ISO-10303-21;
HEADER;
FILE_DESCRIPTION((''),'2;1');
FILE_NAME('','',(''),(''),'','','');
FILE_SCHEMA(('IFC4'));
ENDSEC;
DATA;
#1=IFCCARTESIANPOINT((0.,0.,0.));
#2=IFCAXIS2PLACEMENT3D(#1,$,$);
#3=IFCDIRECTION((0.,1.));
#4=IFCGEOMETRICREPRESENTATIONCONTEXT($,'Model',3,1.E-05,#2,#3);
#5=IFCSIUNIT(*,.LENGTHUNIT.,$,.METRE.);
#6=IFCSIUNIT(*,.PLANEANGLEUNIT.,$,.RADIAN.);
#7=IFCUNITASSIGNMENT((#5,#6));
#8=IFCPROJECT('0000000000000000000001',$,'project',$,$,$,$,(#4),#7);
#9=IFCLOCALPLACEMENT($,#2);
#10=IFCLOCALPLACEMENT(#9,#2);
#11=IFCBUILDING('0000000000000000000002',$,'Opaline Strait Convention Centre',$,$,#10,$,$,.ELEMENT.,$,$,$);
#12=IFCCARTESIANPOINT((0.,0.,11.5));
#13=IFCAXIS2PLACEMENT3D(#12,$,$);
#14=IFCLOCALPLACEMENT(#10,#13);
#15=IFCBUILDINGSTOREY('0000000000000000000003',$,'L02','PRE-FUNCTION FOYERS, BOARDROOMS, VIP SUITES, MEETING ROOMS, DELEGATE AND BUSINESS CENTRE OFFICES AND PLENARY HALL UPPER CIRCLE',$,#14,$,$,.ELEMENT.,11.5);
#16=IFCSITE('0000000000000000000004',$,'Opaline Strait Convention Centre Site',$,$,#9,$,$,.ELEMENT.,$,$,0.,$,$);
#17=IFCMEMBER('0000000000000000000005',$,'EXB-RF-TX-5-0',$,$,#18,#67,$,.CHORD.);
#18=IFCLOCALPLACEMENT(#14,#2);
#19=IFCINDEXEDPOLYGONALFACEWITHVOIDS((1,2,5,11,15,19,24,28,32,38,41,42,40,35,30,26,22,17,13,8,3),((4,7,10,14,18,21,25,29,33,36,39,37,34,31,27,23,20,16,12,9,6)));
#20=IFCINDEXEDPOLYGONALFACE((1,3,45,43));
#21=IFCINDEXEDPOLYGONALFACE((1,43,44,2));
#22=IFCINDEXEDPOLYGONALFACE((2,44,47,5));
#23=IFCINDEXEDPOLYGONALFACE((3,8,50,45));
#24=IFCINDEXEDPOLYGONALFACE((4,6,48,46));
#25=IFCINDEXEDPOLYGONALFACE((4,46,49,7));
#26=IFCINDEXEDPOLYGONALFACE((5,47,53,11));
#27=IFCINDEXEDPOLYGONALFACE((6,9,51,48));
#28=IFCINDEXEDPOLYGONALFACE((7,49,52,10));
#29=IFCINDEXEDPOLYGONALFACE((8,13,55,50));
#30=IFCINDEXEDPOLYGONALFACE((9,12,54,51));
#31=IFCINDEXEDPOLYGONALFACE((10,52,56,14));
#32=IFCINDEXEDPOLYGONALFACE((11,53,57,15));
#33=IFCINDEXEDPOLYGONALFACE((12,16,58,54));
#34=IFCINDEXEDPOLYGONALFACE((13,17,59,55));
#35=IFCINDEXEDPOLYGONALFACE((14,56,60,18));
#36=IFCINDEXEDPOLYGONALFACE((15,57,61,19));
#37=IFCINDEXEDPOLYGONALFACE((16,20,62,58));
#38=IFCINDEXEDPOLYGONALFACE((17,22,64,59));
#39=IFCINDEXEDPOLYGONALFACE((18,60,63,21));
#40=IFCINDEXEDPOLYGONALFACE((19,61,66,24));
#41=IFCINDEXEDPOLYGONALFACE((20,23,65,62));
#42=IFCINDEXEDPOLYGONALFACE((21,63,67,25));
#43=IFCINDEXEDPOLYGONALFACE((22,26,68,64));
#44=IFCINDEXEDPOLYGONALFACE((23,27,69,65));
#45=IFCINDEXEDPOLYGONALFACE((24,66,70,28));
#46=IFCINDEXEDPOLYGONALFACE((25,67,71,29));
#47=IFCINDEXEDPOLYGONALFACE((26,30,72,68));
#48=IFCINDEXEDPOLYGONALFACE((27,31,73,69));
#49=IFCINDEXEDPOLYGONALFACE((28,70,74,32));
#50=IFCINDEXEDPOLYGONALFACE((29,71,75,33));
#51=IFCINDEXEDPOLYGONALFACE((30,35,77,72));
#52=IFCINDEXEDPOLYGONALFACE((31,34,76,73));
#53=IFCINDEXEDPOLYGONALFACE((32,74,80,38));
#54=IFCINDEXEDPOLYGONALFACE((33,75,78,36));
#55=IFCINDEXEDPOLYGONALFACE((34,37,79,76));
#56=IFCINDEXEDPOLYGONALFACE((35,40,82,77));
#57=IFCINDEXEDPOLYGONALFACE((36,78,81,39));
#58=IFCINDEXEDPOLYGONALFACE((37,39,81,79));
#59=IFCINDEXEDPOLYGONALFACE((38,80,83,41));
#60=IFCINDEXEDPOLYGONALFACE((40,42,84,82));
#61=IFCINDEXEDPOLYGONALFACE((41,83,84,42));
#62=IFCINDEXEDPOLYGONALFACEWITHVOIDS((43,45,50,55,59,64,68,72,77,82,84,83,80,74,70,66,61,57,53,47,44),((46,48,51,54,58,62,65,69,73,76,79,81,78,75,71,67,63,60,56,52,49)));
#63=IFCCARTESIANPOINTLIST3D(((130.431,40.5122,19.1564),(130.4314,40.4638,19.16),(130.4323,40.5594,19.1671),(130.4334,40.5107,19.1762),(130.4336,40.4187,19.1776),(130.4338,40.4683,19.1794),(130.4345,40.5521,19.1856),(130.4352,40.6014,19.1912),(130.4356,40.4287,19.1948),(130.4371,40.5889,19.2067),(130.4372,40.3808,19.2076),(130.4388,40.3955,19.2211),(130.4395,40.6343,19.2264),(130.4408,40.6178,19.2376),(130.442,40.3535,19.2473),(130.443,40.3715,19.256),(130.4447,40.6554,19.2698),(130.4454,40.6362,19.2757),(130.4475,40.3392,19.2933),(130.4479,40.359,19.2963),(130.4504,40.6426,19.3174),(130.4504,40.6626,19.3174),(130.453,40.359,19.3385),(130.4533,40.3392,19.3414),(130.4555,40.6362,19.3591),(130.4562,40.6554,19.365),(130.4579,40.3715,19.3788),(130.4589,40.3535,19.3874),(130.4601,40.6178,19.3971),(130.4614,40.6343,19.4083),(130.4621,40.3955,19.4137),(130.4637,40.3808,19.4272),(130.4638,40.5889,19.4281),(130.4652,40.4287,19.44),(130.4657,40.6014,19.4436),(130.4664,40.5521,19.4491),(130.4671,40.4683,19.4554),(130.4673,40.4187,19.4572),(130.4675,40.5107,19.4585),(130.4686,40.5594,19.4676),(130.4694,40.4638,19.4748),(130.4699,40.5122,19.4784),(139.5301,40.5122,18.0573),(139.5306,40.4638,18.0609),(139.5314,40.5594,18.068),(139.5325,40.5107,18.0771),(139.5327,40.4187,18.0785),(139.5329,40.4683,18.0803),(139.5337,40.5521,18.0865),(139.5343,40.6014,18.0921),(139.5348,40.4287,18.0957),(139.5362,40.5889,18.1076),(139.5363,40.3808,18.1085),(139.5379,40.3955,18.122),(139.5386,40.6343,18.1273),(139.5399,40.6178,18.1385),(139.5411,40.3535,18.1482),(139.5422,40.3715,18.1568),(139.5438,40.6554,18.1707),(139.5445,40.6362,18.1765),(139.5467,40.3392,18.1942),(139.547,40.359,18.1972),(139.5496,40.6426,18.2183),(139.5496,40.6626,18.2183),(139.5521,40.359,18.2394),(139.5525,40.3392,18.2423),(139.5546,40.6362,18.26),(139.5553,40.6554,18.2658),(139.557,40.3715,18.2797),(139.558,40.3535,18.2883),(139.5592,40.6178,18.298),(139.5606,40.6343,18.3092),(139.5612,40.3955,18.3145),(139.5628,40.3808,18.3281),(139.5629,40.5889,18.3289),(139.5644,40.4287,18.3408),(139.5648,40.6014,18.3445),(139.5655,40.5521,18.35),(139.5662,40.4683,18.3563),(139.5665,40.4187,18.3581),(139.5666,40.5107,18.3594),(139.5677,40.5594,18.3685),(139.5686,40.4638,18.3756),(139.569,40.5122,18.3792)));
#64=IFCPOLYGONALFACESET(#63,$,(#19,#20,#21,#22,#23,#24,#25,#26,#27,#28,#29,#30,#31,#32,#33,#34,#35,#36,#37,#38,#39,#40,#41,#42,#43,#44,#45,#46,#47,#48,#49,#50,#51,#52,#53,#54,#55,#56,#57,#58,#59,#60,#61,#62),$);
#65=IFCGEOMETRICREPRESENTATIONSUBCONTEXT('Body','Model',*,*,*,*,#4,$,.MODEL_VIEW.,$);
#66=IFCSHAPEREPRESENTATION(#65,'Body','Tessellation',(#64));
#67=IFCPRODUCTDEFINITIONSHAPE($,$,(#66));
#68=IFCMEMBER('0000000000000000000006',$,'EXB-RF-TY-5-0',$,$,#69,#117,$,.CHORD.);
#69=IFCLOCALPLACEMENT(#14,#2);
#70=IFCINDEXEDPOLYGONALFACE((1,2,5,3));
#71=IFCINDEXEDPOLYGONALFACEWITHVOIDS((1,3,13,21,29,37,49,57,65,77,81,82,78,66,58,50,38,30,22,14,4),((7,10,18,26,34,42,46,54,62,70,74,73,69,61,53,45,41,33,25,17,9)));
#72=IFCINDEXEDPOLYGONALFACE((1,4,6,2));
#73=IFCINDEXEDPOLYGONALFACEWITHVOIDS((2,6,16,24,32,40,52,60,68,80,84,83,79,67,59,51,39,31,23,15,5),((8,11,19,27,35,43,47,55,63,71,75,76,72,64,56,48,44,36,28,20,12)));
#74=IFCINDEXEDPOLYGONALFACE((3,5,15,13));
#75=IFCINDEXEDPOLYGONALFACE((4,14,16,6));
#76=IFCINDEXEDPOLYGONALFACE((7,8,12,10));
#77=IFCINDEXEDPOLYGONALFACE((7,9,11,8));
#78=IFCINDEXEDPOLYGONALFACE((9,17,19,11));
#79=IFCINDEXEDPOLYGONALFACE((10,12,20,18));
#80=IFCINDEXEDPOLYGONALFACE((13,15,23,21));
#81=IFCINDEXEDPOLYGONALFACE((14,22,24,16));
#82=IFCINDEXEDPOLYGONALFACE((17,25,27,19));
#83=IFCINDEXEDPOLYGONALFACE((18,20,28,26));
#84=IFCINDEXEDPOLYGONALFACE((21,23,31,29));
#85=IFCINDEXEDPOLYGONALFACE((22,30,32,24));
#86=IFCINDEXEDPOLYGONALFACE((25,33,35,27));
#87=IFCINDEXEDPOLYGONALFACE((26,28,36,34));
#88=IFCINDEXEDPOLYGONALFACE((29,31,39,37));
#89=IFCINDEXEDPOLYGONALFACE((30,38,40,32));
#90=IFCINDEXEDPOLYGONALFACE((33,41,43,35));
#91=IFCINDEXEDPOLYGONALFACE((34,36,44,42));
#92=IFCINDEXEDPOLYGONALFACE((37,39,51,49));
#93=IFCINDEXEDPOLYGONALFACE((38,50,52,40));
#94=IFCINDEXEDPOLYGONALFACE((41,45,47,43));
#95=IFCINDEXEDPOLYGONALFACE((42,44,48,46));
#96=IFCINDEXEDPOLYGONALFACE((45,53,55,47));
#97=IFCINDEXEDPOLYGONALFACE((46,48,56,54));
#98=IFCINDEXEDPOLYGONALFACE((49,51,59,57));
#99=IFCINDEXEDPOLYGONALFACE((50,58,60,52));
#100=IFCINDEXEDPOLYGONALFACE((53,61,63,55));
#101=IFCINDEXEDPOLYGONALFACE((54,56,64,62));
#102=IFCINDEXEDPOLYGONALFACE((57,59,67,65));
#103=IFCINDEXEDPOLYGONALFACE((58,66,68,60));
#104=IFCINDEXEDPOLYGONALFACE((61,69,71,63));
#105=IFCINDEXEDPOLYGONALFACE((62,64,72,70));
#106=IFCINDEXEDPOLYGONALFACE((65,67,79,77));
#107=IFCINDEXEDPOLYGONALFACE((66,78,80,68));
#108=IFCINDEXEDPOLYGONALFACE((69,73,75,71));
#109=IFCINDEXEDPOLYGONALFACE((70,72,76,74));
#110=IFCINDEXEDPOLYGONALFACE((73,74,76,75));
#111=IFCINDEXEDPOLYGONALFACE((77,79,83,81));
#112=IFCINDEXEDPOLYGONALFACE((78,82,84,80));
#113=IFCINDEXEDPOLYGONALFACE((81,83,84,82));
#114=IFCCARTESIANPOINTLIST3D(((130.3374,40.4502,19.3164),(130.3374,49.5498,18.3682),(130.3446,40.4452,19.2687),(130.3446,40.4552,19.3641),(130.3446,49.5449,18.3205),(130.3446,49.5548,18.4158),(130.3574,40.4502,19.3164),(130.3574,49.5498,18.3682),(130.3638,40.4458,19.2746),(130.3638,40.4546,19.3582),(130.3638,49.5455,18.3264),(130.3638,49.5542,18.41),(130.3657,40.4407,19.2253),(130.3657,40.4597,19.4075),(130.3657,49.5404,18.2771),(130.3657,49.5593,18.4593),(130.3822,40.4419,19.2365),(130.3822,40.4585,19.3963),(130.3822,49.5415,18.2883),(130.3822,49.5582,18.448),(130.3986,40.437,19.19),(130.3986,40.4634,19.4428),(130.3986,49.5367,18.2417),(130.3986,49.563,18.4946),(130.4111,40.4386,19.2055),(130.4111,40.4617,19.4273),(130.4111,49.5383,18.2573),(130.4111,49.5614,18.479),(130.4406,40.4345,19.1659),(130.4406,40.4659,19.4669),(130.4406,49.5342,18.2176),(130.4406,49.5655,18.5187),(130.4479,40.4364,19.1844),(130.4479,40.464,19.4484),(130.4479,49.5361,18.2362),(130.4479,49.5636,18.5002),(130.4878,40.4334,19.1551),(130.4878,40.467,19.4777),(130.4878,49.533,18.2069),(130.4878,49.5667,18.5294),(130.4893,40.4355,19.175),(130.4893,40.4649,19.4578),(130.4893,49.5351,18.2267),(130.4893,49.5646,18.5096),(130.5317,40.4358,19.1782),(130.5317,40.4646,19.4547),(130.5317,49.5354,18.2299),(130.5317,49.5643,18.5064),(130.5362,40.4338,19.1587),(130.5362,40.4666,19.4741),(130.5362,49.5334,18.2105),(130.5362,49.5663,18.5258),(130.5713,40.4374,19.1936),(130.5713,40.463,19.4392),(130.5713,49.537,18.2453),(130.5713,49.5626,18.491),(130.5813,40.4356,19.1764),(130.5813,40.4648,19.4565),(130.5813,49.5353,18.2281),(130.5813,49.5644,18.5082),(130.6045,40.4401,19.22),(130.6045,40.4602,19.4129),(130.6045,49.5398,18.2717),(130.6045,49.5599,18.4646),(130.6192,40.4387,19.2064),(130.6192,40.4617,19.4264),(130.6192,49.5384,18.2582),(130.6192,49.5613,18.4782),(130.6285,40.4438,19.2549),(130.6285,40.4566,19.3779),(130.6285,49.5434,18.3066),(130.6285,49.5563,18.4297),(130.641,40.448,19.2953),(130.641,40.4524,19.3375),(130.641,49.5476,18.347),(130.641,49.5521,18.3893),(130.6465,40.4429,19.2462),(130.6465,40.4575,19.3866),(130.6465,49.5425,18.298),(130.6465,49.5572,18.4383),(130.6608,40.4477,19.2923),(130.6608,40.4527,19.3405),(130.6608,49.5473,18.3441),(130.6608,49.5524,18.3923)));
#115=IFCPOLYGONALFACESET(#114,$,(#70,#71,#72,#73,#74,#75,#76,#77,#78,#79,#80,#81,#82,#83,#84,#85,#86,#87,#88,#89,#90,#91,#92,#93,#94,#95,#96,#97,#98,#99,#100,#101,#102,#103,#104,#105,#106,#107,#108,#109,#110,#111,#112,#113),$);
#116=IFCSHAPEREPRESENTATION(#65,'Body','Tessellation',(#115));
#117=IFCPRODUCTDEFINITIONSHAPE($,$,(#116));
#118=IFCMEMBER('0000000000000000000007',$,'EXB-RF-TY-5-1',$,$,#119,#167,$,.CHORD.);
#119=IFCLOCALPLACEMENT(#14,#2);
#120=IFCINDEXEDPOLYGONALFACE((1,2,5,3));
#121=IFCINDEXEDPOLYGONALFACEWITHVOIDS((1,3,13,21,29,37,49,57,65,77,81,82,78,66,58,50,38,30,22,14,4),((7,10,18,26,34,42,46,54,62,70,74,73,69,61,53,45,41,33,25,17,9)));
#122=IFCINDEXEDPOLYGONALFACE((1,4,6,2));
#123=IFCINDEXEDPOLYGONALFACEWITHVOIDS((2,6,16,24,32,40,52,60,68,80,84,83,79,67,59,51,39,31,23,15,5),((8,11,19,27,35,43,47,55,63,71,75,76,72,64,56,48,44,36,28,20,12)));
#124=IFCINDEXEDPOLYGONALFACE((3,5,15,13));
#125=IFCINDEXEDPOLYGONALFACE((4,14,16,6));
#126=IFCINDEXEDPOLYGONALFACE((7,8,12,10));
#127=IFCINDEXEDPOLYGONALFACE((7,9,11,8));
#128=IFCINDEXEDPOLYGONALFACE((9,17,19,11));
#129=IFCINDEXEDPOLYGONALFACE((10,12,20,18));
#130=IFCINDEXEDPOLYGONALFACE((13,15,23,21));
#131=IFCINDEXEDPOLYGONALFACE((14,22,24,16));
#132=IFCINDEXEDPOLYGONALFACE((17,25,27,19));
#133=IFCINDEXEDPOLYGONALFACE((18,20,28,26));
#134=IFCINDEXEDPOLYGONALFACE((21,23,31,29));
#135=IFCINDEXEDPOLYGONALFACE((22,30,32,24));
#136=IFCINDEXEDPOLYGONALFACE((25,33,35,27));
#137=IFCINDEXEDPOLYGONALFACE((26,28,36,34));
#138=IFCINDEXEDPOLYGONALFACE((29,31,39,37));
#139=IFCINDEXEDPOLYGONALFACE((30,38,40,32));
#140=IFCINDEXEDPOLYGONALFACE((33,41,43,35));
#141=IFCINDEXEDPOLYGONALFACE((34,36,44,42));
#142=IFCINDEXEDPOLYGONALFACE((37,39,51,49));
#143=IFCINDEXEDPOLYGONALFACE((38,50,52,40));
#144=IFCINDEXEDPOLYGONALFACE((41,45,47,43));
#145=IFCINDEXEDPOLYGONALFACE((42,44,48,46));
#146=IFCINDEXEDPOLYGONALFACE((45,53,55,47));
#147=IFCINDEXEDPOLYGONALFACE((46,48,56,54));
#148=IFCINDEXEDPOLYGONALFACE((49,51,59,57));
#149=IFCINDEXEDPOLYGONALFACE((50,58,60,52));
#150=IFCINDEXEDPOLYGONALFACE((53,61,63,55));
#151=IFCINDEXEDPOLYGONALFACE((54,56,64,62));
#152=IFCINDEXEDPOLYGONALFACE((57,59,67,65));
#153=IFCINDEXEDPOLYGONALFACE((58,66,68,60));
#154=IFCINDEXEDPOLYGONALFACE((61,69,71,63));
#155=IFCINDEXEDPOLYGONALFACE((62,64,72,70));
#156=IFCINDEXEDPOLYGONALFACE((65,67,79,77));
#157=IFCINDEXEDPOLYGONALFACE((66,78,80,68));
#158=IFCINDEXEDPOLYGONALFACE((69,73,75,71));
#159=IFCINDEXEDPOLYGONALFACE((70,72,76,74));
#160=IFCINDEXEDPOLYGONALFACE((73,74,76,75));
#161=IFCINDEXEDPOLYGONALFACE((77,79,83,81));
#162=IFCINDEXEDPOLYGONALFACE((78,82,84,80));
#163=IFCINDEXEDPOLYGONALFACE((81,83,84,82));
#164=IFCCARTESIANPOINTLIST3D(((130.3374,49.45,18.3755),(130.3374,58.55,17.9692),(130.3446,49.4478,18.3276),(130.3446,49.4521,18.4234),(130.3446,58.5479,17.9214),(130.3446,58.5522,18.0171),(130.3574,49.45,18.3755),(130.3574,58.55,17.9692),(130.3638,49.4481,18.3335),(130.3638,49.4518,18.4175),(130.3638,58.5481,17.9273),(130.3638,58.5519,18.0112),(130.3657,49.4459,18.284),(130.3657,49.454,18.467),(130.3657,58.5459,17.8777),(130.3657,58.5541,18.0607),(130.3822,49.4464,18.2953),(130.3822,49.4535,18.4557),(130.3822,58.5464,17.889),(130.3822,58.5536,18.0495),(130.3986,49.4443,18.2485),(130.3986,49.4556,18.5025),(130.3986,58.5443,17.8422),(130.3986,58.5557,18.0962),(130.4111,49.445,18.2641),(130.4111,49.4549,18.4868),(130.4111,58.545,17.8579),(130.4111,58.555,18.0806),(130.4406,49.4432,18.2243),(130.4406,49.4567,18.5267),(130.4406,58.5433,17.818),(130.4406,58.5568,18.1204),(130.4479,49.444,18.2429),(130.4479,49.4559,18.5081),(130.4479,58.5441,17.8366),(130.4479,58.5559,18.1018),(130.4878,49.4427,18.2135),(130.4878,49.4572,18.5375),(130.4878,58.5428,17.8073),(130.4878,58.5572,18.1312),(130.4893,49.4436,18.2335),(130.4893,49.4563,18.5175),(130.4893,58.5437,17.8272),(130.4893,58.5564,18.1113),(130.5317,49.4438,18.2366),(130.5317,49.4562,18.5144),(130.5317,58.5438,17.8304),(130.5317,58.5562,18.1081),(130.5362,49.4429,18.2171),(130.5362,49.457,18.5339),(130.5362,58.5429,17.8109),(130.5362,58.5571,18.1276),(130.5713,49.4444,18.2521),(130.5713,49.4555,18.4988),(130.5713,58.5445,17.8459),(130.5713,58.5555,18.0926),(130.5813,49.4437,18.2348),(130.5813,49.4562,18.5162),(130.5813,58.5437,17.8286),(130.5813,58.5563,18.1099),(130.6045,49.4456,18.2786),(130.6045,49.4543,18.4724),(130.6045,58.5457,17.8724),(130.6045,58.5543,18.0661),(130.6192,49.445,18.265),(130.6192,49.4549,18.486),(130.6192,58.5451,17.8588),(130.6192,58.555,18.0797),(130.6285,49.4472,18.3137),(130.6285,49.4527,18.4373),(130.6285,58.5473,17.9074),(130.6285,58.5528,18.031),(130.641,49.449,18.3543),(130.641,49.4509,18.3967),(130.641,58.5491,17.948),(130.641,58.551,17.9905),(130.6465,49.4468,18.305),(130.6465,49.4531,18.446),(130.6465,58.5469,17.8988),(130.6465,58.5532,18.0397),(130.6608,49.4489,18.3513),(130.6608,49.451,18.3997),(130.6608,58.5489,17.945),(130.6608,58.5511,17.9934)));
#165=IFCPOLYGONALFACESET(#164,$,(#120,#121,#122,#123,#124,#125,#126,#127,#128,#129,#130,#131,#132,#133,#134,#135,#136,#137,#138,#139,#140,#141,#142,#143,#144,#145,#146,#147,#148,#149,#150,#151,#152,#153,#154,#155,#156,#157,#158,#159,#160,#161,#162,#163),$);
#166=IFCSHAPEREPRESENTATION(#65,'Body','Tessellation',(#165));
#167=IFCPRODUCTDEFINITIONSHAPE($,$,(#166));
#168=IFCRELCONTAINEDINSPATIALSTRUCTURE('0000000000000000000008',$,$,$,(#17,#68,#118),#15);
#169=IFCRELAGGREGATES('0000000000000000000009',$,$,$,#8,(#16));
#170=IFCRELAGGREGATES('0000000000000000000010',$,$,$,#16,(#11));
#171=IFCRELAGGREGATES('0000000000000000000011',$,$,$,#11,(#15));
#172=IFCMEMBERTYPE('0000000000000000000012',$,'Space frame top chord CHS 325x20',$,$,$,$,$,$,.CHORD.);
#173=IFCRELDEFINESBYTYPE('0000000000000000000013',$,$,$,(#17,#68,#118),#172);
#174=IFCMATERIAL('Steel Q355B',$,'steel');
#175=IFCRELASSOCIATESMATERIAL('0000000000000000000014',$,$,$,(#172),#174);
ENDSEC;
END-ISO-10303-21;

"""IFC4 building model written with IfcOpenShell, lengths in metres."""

from ifc_helpers import new_model, si_unit, direction, frame, origin, origin_2d, place, context, subcontext, project, spatial, hollow_circle, extrude, material, material_profile, profile_set, type_object, element, save


model = new_model("IFC4")

# Units and contexts
model_context = context("Model", 3, precision=1e-05, world=origin(), true_north=direction((0.0, 1.0)))
body_context = subcontext(model_context, "Body", "Model", "MODEL_VIEW")
ifc_project = project(units=[si_unit("LENGTHUNIT", "METRE"), si_unit("PLANEANGLEUNIT", "RADIAN")], contexts=[model_context])

# Site, building, storey
site_placement = place(None, origin())
site = spatial("IfcSite", under=ifc_project, at=site_placement, Name="Opaline Strait Convention Centre Site", CompositionType="ELEMENT", RefElevation=0.0)
building_placement = place(site_placement, origin())
building = spatial("IfcBuilding", under=site, at=building_placement, Name="Opaline Strait Convention Centre", CompositionType="ELEMENT")
storey_placement = place(building_placement, frame((0.0, 0.0, 11.5)))
storey = spatial("IfcBuildingStorey", under=building, at=storey_placement, Name="L02", Description="PRE-FUNCTION FOYERS, BOARDROOMS, VIP SUITES, MEETING ROOMS, DELEGATE AND BUSINESS CENTRE OFFICES AND PLENARY HALL UPPER CIRCLE", CompositionType="ELEMENT", Elevation=11.5)

# Members
ifc_material_1 = material(Name="Steel Q355B", Category="steel")
ifc_material_profile_1 = material_profile(ifc_material_1, hollow_circle(Radius=0.1626, WallThickness=0.02, at=origin_2d()), Name="CHS 325x20")
ifc_profile_set_1 = profile_set([ifc_material_profile_1], Name="Steel Q355B")
member_type_1 = type_object("IfcMemberType", Name="Space frame top chord CHS 325x20", PredefinedType="CHORD", material=ifc_profile_set_1)
member_1_placement = place(storey_placement, frame((130.4504, 40.5, 19.3174), z_axis=(0.992783, 0.0, -0.119922), x_axis=(0.0, 1.0, 0.0)))
element("IfcMember", 1, at=member_1_placement, inside=storey, type_object=member_type_1, Name="EXB-RF-TX-5-0", PredefinedType="CHORD", context=body_context, shape_type="SweptSolid", body=[
    extrude(hollow_circle(Radius=0.1626, WallThickness=0.02, at=origin_2d()), origin(), (0.0, 0.0, 1.0), 9.1653),
])
member_2_placement = place(storey_placement, frame((130.5, 40.4502, 19.3164), z_axis=(0.0, 0.994614, -0.103646), x_axis=(-1.0, 0.0, 0.0)))
element("IfcMember", 2, at=member_2_placement, inside=storey, type_object=member_type_1, Name="EXB-RF-TY-5-0", PredefinedType="CHORD", context=body_context, shape_type="SweptSolid", body=[
    extrude(hollow_circle(Radius=0.1626, WallThickness=0.02, at=origin_2d()), origin(), (0.0, 0.0, 1.0), 9.1489),
])
member_3_placement = place(storey_placement, frame((130.5, 49.45, 18.3755), z_axis=(0.0, 0.999005, -0.044598), x_axis=(-1.0, 0.0, 0.0)))
element("IfcMember", 3, at=member_3_placement, inside=storey, type_object=member_type_1, Name="EXB-RF-TY-5-1", PredefinedType="CHORD", context=body_context, shape_type="SweptSolid", body=[
    extrude(hollow_circle(Radius=0.1626, WallThickness=0.02, at=origin_2d()), origin(), (0.0, 0.0, 1.0), 9.1091),
])

save(model, "model.ifc")
